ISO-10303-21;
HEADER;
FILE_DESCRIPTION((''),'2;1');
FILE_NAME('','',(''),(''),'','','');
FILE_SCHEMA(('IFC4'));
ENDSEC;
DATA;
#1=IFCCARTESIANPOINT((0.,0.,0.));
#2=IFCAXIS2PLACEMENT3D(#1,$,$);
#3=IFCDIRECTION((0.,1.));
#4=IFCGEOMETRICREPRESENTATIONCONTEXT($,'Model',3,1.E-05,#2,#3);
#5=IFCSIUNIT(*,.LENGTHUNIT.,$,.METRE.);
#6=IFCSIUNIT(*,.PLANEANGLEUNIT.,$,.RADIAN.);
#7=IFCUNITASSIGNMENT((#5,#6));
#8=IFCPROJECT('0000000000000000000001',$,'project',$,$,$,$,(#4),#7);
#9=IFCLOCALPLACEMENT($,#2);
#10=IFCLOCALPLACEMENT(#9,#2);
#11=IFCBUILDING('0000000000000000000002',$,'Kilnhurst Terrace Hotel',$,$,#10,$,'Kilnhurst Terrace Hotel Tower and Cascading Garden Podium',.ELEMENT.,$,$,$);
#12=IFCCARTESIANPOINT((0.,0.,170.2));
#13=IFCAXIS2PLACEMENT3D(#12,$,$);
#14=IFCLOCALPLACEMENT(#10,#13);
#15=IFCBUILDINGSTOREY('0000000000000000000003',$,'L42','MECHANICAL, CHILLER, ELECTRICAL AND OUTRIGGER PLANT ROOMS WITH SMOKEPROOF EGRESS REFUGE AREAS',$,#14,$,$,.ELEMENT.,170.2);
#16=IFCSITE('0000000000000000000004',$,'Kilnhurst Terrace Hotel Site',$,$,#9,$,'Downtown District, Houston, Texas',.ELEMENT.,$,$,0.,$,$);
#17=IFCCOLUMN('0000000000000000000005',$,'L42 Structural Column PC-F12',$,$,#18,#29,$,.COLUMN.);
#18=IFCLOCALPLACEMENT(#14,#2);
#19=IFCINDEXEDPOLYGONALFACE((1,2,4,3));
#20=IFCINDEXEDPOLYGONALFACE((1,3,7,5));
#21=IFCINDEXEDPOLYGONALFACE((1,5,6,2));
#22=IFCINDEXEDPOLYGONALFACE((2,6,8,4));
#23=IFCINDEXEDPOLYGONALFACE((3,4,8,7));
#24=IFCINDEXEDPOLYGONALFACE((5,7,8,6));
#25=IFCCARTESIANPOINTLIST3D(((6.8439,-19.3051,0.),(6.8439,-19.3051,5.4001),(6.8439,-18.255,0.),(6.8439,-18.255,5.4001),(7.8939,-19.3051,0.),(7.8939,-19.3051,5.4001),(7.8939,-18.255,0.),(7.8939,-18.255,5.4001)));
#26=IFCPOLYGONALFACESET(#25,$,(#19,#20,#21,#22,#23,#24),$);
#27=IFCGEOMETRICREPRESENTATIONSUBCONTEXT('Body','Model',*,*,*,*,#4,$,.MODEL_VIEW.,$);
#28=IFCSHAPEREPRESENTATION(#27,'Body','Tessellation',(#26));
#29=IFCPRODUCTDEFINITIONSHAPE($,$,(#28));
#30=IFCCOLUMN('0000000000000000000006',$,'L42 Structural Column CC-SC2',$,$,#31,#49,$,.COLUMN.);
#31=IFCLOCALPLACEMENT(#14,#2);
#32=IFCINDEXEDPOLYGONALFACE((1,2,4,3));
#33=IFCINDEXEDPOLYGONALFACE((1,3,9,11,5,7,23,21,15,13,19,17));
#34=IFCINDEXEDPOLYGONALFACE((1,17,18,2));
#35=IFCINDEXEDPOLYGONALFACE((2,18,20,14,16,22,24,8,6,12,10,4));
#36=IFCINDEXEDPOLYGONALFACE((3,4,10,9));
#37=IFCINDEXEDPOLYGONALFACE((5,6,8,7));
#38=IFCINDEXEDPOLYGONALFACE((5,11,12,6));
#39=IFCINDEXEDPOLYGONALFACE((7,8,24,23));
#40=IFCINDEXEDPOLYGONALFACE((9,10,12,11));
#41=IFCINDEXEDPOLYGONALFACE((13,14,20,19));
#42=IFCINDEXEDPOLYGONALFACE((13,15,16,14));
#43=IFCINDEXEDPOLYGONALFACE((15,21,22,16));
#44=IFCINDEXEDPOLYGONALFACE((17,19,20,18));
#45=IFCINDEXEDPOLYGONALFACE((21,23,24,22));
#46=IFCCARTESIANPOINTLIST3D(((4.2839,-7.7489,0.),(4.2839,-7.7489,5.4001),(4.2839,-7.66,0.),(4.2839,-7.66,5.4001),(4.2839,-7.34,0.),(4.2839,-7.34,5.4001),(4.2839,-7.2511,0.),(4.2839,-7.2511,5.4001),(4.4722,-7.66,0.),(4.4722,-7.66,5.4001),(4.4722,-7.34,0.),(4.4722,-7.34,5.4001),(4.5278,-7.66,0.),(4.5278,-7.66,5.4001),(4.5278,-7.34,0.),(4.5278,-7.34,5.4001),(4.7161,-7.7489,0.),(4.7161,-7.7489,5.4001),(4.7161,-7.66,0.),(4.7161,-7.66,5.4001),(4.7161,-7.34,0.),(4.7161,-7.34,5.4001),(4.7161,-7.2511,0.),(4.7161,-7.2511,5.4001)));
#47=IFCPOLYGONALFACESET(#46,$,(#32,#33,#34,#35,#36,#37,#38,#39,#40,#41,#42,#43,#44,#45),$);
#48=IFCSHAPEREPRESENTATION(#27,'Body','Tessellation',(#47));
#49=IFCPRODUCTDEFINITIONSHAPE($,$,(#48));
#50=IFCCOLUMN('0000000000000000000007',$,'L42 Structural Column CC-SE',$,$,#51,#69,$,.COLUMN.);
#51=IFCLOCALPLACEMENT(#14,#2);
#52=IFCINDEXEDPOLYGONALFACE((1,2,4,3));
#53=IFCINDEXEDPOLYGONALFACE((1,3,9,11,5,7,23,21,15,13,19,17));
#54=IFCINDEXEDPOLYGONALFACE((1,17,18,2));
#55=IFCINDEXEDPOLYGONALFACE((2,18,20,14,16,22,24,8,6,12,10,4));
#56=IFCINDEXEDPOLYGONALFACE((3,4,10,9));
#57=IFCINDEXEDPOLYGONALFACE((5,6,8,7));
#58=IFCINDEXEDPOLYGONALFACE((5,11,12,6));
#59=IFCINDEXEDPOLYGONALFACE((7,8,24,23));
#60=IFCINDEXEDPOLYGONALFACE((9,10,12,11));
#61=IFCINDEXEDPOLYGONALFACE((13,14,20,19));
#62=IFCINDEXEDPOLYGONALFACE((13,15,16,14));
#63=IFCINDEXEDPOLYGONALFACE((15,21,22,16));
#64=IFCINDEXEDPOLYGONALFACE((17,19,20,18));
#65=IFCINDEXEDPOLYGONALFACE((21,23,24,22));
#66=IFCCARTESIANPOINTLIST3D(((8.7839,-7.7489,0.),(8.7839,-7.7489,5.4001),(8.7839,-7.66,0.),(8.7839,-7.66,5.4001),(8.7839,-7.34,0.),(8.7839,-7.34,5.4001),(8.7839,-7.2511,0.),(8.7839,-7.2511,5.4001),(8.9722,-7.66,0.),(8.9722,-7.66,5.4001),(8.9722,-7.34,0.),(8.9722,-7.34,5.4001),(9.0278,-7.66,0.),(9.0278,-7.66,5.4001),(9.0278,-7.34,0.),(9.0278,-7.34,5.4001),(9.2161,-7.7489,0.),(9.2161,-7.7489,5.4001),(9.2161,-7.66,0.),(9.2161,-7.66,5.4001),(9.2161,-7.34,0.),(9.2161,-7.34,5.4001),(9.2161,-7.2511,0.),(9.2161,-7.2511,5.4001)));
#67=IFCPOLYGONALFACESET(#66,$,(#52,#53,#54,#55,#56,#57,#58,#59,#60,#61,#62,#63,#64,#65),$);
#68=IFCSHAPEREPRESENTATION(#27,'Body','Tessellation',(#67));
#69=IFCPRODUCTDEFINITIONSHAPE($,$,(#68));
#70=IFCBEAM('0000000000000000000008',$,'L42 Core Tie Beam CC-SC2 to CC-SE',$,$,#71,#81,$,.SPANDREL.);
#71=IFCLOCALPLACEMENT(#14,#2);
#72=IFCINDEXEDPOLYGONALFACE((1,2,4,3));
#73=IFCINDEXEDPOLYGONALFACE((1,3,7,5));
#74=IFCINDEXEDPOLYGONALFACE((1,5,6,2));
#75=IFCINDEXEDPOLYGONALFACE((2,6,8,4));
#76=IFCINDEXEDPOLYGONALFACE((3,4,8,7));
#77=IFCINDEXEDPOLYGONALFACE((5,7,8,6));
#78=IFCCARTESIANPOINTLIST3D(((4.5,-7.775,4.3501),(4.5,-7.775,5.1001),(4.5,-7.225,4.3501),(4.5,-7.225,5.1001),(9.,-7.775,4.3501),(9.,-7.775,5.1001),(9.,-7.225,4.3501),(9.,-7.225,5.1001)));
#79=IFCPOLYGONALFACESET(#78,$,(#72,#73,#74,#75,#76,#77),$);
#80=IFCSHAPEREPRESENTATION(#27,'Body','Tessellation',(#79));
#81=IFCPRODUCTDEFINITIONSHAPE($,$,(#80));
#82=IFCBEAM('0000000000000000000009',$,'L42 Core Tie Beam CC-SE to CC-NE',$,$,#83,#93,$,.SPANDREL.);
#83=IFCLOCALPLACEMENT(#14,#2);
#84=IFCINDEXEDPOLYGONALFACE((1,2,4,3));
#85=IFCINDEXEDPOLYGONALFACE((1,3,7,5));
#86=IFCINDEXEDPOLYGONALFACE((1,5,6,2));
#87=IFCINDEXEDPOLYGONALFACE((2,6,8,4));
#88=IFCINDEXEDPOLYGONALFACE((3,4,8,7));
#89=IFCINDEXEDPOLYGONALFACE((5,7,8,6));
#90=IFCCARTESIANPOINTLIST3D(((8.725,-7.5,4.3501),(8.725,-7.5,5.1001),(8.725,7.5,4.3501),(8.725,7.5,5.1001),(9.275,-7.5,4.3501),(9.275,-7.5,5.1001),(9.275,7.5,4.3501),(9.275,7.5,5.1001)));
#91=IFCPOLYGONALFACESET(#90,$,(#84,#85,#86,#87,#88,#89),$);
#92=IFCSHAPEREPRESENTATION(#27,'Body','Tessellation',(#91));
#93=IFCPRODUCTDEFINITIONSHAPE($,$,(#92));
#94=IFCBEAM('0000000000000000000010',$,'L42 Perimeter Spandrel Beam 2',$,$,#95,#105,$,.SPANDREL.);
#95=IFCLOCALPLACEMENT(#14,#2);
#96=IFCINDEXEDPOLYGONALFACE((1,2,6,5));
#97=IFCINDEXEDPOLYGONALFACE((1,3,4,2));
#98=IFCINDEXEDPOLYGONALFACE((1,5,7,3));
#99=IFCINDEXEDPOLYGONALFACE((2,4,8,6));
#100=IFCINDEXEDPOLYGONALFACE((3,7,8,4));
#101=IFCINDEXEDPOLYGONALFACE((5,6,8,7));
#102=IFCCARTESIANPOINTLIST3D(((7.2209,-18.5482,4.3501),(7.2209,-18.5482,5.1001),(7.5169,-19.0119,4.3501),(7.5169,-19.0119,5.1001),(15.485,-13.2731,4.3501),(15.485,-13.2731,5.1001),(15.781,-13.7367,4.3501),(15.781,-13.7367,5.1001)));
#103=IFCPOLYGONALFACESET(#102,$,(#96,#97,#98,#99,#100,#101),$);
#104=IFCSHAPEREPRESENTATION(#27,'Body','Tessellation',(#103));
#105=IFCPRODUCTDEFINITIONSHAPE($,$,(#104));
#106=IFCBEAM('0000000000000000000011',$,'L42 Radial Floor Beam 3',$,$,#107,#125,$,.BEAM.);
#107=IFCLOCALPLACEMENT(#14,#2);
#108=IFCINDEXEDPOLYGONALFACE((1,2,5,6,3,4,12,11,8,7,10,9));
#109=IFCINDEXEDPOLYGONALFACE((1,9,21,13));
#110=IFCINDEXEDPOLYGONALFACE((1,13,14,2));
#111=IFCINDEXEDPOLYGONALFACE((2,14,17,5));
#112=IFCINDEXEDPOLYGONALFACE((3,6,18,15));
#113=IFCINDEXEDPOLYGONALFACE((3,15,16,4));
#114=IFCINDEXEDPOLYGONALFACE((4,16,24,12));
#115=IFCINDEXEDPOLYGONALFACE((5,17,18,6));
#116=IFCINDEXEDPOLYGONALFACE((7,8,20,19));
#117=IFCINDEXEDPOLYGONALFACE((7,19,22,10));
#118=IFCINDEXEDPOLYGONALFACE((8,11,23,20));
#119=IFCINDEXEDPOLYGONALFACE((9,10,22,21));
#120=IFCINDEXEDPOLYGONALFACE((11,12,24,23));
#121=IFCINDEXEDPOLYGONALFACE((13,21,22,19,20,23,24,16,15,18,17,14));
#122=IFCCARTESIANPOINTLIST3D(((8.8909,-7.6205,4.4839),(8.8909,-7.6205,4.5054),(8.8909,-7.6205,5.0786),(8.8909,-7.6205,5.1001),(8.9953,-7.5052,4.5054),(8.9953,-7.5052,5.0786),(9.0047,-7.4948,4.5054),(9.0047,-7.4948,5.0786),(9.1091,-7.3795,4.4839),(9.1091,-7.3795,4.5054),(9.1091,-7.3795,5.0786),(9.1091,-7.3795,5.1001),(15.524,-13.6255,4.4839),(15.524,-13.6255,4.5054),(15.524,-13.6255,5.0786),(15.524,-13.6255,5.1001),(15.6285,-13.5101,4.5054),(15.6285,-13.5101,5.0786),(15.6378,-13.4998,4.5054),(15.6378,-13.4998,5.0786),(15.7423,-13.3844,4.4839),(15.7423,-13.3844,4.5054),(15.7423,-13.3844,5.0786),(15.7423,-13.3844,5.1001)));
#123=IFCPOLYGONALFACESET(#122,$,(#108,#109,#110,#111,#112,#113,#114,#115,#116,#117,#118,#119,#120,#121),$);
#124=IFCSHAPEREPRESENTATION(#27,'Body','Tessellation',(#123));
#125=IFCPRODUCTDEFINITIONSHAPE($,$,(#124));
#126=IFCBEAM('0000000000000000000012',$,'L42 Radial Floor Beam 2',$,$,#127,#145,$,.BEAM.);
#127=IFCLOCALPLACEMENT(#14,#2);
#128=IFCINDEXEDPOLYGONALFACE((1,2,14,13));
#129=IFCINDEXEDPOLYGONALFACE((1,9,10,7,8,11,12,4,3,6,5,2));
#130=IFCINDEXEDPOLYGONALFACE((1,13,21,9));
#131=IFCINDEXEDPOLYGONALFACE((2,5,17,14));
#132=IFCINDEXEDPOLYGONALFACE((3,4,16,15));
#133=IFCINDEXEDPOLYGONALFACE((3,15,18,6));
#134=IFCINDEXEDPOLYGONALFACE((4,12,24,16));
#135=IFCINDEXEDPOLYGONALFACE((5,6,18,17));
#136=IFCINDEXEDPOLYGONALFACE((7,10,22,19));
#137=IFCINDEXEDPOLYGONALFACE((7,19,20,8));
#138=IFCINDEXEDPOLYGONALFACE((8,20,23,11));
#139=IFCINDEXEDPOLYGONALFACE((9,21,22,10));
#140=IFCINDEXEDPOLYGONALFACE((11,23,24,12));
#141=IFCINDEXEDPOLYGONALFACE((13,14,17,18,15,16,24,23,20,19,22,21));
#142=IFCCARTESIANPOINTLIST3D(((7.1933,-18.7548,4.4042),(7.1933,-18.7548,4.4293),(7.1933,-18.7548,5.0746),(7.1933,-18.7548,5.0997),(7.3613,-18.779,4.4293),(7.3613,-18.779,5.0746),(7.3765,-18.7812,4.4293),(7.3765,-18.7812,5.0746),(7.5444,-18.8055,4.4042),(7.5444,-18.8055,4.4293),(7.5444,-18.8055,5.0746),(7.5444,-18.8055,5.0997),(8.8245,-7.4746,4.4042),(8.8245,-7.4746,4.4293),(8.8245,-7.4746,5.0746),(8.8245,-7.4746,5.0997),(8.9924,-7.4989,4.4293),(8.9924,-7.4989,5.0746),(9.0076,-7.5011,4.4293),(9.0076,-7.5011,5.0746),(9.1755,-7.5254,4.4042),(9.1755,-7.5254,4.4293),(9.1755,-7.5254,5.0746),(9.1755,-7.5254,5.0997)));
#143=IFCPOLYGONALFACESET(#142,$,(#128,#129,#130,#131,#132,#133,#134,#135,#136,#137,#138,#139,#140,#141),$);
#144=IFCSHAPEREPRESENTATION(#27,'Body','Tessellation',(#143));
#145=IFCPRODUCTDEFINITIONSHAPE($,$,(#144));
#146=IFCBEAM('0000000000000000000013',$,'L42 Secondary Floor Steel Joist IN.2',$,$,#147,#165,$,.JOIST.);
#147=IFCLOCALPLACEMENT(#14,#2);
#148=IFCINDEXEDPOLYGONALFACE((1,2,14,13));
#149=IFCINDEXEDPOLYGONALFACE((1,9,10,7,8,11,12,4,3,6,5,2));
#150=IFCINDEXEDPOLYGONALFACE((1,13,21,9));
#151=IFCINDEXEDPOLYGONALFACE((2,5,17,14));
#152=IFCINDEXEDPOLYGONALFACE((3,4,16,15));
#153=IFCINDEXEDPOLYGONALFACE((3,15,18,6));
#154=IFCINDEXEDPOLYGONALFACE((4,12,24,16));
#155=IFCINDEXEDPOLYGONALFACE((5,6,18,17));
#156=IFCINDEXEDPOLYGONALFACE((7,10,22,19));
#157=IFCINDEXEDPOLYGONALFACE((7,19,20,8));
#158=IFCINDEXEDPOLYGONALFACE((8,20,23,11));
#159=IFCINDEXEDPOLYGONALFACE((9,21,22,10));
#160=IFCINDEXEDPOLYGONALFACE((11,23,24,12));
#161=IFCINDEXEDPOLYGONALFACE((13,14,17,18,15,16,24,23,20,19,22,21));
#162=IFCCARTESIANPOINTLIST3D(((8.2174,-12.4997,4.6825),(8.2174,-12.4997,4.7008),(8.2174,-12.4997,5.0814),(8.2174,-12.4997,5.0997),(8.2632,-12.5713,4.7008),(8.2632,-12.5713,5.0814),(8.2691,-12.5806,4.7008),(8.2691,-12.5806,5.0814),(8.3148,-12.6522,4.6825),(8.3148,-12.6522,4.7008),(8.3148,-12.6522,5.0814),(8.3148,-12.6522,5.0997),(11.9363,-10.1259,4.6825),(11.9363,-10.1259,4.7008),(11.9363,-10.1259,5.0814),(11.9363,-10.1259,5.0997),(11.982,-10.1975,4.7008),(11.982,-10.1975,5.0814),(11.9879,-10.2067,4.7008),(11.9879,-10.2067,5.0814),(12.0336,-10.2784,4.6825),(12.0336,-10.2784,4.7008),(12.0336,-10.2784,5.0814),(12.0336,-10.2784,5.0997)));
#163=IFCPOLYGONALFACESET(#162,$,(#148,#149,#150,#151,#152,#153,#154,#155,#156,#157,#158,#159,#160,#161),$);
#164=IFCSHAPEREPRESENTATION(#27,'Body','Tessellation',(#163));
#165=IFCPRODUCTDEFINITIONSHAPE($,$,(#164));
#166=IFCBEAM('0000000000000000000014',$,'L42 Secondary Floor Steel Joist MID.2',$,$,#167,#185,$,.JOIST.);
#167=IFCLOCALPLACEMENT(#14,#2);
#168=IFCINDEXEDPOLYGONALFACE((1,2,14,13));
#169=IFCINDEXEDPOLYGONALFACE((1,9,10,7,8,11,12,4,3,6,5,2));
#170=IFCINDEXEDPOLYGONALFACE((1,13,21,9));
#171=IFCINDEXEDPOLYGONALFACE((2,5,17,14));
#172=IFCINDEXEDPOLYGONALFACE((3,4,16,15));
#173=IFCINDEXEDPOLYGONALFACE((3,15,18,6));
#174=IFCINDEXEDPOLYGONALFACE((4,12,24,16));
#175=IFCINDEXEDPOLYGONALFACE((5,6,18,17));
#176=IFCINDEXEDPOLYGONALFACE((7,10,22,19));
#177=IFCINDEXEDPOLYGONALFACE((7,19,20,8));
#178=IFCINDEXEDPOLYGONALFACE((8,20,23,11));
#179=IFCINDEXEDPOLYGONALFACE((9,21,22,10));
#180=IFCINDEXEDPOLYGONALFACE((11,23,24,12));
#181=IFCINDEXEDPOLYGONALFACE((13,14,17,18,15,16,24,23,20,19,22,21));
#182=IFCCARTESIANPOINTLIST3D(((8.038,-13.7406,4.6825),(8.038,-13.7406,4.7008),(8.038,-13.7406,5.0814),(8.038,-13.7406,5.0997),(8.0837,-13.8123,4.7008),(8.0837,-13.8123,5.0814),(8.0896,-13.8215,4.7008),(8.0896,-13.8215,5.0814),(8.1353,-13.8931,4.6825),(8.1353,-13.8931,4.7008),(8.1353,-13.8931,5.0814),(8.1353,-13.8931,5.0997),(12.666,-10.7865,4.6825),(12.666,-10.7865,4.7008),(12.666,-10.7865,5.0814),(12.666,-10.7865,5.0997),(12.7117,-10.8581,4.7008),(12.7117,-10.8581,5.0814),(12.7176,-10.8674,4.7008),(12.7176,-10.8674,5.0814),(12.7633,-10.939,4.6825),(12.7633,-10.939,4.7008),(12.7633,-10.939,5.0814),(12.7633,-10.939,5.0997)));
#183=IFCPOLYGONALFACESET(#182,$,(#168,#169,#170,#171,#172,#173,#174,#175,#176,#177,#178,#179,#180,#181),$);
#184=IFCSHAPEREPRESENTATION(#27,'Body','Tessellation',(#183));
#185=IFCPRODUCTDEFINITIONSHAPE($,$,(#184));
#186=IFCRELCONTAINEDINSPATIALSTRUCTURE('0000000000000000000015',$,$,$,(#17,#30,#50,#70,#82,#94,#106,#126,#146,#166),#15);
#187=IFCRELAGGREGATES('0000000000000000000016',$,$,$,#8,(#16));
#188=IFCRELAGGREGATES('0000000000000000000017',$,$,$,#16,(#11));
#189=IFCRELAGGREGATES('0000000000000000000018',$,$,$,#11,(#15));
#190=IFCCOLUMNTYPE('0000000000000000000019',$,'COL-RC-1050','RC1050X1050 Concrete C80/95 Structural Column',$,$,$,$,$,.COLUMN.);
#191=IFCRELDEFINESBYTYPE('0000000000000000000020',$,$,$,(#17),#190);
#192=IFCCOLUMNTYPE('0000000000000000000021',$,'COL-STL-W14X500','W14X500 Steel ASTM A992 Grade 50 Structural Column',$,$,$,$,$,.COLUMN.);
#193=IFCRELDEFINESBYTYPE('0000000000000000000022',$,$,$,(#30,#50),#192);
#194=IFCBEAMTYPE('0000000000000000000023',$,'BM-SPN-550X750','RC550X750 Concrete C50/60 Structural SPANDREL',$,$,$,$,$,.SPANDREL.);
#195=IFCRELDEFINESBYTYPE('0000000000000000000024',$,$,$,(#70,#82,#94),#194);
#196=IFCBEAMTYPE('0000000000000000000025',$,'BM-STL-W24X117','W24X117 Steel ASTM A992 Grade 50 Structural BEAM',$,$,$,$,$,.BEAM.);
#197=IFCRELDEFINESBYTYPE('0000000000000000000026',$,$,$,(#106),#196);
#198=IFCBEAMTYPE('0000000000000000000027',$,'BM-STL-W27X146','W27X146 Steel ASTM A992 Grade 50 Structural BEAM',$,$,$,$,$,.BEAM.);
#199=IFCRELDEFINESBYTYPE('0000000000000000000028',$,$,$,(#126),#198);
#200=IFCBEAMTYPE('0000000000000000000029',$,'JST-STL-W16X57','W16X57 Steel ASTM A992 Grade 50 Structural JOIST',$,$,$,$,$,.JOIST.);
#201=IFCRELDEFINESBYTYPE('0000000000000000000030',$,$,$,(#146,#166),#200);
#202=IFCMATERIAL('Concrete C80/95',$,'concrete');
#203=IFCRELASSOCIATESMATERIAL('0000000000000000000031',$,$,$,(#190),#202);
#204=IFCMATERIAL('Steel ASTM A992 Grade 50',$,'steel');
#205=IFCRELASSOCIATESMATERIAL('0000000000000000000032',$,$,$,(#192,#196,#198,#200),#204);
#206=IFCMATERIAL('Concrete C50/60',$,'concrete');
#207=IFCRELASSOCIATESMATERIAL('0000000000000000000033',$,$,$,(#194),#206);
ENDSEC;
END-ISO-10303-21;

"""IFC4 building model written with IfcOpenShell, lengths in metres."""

from ifc_helpers import new_model, si_unit, direction, frame, origin, origin_2d, place, context, subcontext, project, spatial, rectangle, i_section, extrude, material, material_profile, profile_set, type_object, element, save


model = new_model("IFC4")

# Units and contexts
model_context = context("Model", 3, precision=1e-05, world=origin(), true_north=direction((0.0, 1.0)))
body_context = subcontext(model_context, "Body", "Model", "MODEL_VIEW")
ifc_project = project(units=[si_unit("LENGTHUNIT", "METRE"), si_unit("PLANEANGLEUNIT", "RADIAN")], contexts=[model_context])

# Site, building, storey
site_placement = place(None, origin())
site = spatial("IfcSite", under=ifc_project, at=site_placement, Name="Kilnhurst Terrace Hotel Site", LongName="Downtown District, Houston, Texas", CompositionType="ELEMENT", RefElevation=0.0)
building_placement = place(site_placement, origin())
building = spatial("IfcBuilding", under=site, at=building_placement, Name="Kilnhurst Terrace Hotel", LongName="Kilnhurst Terrace Hotel Tower and Cascading Garden Podium", CompositionType="ELEMENT")
storey_placement = place(building_placement, frame((0.0, 0.0, 170.2)))
storey = spatial("IfcBuildingStorey", under=building, at=storey_placement, Name="L42", Description="MECHANICAL, CHILLER, ELECTRICAL AND OUTRIGGER PLANT ROOMS WITH SMOKEPROOF EGRESS REFUGE AREAS", CompositionType="ELEMENT", Elevation=170.2)

# Columns
ifc_material_1 = material(Name="Concrete C80/95", Category="concrete")
ifc_material_profile_1 = material_profile(ifc_material_1, rectangle(XDim=1.05, YDim=1.05, at=origin_2d()), Name="RC1050X1050")
ifc_profile_set_1 = profile_set([ifc_material_profile_1], Name="Concrete C80/95")
column_type_1 = type_object("IfcColumnType", Name="COL-RC-1050", Description="RC1050X1050 Concrete C80/95 Structural Column", PredefinedType="COLUMN", material=ifc_profile_set_1)
column_placement = place(storey_placement, frame((7.3689, -18.78, 0.0), z_axis=(0.0, 0.0, 1.0), x_axis=(1.0, 0.0, 0.0)))
element("IfcColumn", 1, at=column_placement, inside=storey, type_object=column_type_1, Name="L42 Structural Column PC-F12", PredefinedType="COLUMN", context=body_context, shape_type="SweptSolid", body=[
    extrude(rectangle(XDim=1.05, YDim=1.05, at=origin_2d()), origin(), (0.0, 0.0, 1.0), 5.4001),
])
ifc_material_2 = material(Name="Steel ASTM A992 Grade 50", Category="steel")
ifc_material_profile_2 = material_profile(ifc_material_2, i_section(OverallWidth=0.4321, OverallDepth=0.4978, WebThickness=0.0557, FlangeThickness=0.0889, at=origin_2d()), Name="W14X500")
ifc_profile_set_2 = profile_set([ifc_material_profile_2], Name="Steel ASTM A992 Grade 50")
column_type_2 = type_object("IfcColumnType", Name="COL-STL-W14X500", Description="W14X500 Steel ASTM A992 Grade 50 Structural Column", PredefinedType="COLUMN", material=ifc_profile_set_2)
for number, where, z_axis, x_axis, name in (
    (2, (4.5, -7.5, 0.0), (0.0, 0.0, 1.0), (1.0, 0.0, 0.0), "L42 Structural Column CC-SC2"),
    (3, (9.0, -7.5, 0.0), (0.0, 0.0, 1.0), (1.0, 0.0, 0.0), "L42 Structural Column CC-SE"),
):
    element("IfcColumn", number, at=place(storey_placement, frame(where, z_axis=z_axis, x_axis=x_axis)), inside=storey, type_object=column_type_2, Name=name, PredefinedType="COLUMN", context=body_context, shape_type="SweptSolid", body=[
        extrude(i_section(OverallWidth=0.4321, OverallDepth=0.4978, WebThickness=0.0557, FlangeThickness=0.0889, at=origin_2d()), origin(), (0.0, 0.0, 1.0), 5.4001),
    ])

# Beams
ifc_material_3 = material(Name="Concrete C50/60", Category="concrete")
ifc_material_profile_3 = material_profile(ifc_material_3, rectangle(XDim=0.55, YDim=0.75, at=origin_2d()), Name="RC550X750")
ifc_profile_set_3 = profile_set([ifc_material_profile_3], Name="Concrete C50/60")
beam_type_1 = type_object("IfcBeamType", Name="BM-SPN-550X750", Description="RC550X750 Concrete C50/60 Structural SPANDREL", PredefinedType="SPANDREL", material=ifc_profile_set_3)
beam_1_placement = place(storey_placement, frame((4.5, -7.5, 4.7251), z_axis=(1.0, 0.0, 0.0), x_axis=(0.0, 1.0, 0.0)))
element("IfcBeam", 4, at=beam_1_placement, inside=storey, type_object=beam_type_1, Name="L42 Core Tie Beam CC-SC2 to CC-SE", PredefinedType="SPANDREL", context=body_context, shape_type="SweptSolid", body=[
    extrude(rectangle(XDim=0.55, YDim=0.75, at=origin_2d()), origin(), (0.0, 0.0, 1.0), 4.5),
])
beam_2_placement = place(storey_placement, frame((9.0, -7.5, 4.7251), z_axis=(0.0, 1.0, 0.0), x_axis=(-1.0, 0.0, 0.0)))
element("IfcBeam", 5, at=beam_2_placement, inside=storey, type_object=beam_type_1, Name="L42 Core Tie Beam CC-SE to CC-NE", PredefinedType="SPANDREL", context=body_context, shape_type="SweptSolid", body=[
    extrude(rectangle(XDim=0.55, YDim=0.75, at=origin_2d()), origin(), (0.0, 0.0, 1.0), 15.0),
])
beam_3_placement = place(storey_placement, frame((7.3689, -18.78, 4.7251), z_axis=(0.842915, 0.538046, 0.0), x_axis=(-0.538046, 0.842915, 0.0)))
element("IfcBeam", 6, at=beam_3_placement, inside=storey, type_object=beam_type_1, Name="L42 Perimeter Spandrel Beam 2", PredefinedType="SPANDREL", context=body_context, shape_type="SweptSolid", body=[
    extrude(rectangle(XDim=0.55, YDim=0.75, at=origin_2d()), origin(), (0.0, 0.0, 1.0), 9.8042),
])
ifc_material_profile_4 = material_profile(ifc_material_2, i_section(OverallWidth=0.3252, OverallDepth=0.6162, WebThickness=0.0139, FlangeThickness=0.0215, at=origin_2d()), Name="W24X117")
ifc_profile_set_4 = profile_set([ifc_material_profile_4], Name="Steel ASTM A992 Grade 50")
beam_type_2 = type_object("IfcBeamType", Name="BM-STL-W24X117", Description="W24X117 Steel ASTM A992 Grade 50 Structural BEAM", PredefinedType="BEAM", material=ifc_profile_set_4)
beam_4_placement = place(storey_placement, frame((9.0, -7.5, 4.792), z_axis=(0.741339, -0.671131, 0.0), x_axis=(0.671131, 0.741339, 0.0)))
element("IfcBeam", 7, at=beam_4_placement, inside=storey, type_object=beam_type_2, Name="L42 Radial Floor Beam 3", PredefinedType="BEAM", context=body_context, shape_type="SweptSolid", body=[
    extrude(i_section(OverallWidth=0.3252, OverallDepth=0.6162, WebThickness=0.0139, FlangeThickness=0.0215, at=origin_2d()), origin(), (0.0, 0.0, 1.0), 8.9475),
])
ifc_material_profile_5 = material_profile(ifc_material_2, i_section(OverallWidth=0.3547, OverallDepth=0.6956, WebThickness=0.0154, FlangeThickness=0.0251, at=origin_2d()), Name="W27X146")
ifc_profile_set_5 = profile_set([ifc_material_profile_5], Name="Steel ASTM A992 Grade 50")
beam_type_3 = type_object("IfcBeamType", Name="BM-STL-W27X146", Description="W27X146 Steel ASTM A992 Grade 50 Structural BEAM", PredefinedType="BEAM", material=ifc_profile_set_5)
beam_5_placement = place(storey_placement, frame((9.0, -7.5, 4.752), z_axis=(-0.143113, -0.989706, 0.0), x_axis=(0.989706, -0.143113, 0.0)))
element("IfcBeam", 8, at=beam_5_placement, inside=storey, type_object=beam_type_3, Name="L42 Radial Floor Beam 2", PredefinedType="BEAM", context=body_context, shape_type="SweptSolid", body=[
    extrude(i_section(OverallWidth=0.3547, OverallDepth=0.6956, WebThickness=0.0154, FlangeThickness=0.0251, at=origin_2d()), origin(), (0.0, 0.0, 1.0), 11.3975),
])
ifc_material_profile_6 = material_profile(ifc_material_2, i_section(OverallWidth=0.1809, OverallDepth=0.4172, WebThickness=0.011, FlangeThickness=0.0183, at=origin_2d()), Name="W16X57")
ifc_profile_set_6 = profile_set([ifc_material_profile_6], Name="Steel ASTM A992 Grade 50")
beam_type_4 = type_object("IfcBeamType", Name="JST-STL-W16X57", Description="W16X57 Steel ASTM A992 Grade 50 Structural JOIST", PredefinedType="JOIST", material=ifc_profile_set_6)
beam_6_placement = place(storey_placement, frame((8.2661, -12.5759, 4.8911), z_axis=(0.842911, 0.538053, 0.0), x_axis=(-0.538053, 0.842911, 0.0)))
element("IfcBeam", 9, at=beam_6_placement, inside=storey, type_object=beam_type_4, Name="L42 Secondary Floor Steel Joist IN.2", PredefinedType="JOIST", context=body_context, shape_type="SweptSolid", body=[
    extrude(i_section(OverallWidth=0.1809, OverallDepth=0.4172, WebThickness=0.011, FlangeThickness=0.0183, at=origin_2d()), origin(), (0.0, 0.0, 1.0), 4.4119),
])
beam_7_placement = place(storey_placement, frame((8.0867, -13.8169, 4.8911), z_axis=(0.842914, 0.538049, 0.0), x_axis=(-0.538049, 0.842914, 0.0)))
element("IfcBeam", 10, at=beam_7_placement, inside=storey, type_object=beam_type_4, Name="L42 Secondary Floor Steel Joist MID.2", PredefinedType="JOIST", context=body_context, shape_type="SweptSolid", body=[
    extrude(i_section(OverallWidth=0.1809, OverallDepth=0.4172, WebThickness=0.011, FlangeThickness=0.0183, at=origin_2d()), origin(), (0.0, 0.0, 1.0), 5.4905),
])

save(model, "model.ifc")
